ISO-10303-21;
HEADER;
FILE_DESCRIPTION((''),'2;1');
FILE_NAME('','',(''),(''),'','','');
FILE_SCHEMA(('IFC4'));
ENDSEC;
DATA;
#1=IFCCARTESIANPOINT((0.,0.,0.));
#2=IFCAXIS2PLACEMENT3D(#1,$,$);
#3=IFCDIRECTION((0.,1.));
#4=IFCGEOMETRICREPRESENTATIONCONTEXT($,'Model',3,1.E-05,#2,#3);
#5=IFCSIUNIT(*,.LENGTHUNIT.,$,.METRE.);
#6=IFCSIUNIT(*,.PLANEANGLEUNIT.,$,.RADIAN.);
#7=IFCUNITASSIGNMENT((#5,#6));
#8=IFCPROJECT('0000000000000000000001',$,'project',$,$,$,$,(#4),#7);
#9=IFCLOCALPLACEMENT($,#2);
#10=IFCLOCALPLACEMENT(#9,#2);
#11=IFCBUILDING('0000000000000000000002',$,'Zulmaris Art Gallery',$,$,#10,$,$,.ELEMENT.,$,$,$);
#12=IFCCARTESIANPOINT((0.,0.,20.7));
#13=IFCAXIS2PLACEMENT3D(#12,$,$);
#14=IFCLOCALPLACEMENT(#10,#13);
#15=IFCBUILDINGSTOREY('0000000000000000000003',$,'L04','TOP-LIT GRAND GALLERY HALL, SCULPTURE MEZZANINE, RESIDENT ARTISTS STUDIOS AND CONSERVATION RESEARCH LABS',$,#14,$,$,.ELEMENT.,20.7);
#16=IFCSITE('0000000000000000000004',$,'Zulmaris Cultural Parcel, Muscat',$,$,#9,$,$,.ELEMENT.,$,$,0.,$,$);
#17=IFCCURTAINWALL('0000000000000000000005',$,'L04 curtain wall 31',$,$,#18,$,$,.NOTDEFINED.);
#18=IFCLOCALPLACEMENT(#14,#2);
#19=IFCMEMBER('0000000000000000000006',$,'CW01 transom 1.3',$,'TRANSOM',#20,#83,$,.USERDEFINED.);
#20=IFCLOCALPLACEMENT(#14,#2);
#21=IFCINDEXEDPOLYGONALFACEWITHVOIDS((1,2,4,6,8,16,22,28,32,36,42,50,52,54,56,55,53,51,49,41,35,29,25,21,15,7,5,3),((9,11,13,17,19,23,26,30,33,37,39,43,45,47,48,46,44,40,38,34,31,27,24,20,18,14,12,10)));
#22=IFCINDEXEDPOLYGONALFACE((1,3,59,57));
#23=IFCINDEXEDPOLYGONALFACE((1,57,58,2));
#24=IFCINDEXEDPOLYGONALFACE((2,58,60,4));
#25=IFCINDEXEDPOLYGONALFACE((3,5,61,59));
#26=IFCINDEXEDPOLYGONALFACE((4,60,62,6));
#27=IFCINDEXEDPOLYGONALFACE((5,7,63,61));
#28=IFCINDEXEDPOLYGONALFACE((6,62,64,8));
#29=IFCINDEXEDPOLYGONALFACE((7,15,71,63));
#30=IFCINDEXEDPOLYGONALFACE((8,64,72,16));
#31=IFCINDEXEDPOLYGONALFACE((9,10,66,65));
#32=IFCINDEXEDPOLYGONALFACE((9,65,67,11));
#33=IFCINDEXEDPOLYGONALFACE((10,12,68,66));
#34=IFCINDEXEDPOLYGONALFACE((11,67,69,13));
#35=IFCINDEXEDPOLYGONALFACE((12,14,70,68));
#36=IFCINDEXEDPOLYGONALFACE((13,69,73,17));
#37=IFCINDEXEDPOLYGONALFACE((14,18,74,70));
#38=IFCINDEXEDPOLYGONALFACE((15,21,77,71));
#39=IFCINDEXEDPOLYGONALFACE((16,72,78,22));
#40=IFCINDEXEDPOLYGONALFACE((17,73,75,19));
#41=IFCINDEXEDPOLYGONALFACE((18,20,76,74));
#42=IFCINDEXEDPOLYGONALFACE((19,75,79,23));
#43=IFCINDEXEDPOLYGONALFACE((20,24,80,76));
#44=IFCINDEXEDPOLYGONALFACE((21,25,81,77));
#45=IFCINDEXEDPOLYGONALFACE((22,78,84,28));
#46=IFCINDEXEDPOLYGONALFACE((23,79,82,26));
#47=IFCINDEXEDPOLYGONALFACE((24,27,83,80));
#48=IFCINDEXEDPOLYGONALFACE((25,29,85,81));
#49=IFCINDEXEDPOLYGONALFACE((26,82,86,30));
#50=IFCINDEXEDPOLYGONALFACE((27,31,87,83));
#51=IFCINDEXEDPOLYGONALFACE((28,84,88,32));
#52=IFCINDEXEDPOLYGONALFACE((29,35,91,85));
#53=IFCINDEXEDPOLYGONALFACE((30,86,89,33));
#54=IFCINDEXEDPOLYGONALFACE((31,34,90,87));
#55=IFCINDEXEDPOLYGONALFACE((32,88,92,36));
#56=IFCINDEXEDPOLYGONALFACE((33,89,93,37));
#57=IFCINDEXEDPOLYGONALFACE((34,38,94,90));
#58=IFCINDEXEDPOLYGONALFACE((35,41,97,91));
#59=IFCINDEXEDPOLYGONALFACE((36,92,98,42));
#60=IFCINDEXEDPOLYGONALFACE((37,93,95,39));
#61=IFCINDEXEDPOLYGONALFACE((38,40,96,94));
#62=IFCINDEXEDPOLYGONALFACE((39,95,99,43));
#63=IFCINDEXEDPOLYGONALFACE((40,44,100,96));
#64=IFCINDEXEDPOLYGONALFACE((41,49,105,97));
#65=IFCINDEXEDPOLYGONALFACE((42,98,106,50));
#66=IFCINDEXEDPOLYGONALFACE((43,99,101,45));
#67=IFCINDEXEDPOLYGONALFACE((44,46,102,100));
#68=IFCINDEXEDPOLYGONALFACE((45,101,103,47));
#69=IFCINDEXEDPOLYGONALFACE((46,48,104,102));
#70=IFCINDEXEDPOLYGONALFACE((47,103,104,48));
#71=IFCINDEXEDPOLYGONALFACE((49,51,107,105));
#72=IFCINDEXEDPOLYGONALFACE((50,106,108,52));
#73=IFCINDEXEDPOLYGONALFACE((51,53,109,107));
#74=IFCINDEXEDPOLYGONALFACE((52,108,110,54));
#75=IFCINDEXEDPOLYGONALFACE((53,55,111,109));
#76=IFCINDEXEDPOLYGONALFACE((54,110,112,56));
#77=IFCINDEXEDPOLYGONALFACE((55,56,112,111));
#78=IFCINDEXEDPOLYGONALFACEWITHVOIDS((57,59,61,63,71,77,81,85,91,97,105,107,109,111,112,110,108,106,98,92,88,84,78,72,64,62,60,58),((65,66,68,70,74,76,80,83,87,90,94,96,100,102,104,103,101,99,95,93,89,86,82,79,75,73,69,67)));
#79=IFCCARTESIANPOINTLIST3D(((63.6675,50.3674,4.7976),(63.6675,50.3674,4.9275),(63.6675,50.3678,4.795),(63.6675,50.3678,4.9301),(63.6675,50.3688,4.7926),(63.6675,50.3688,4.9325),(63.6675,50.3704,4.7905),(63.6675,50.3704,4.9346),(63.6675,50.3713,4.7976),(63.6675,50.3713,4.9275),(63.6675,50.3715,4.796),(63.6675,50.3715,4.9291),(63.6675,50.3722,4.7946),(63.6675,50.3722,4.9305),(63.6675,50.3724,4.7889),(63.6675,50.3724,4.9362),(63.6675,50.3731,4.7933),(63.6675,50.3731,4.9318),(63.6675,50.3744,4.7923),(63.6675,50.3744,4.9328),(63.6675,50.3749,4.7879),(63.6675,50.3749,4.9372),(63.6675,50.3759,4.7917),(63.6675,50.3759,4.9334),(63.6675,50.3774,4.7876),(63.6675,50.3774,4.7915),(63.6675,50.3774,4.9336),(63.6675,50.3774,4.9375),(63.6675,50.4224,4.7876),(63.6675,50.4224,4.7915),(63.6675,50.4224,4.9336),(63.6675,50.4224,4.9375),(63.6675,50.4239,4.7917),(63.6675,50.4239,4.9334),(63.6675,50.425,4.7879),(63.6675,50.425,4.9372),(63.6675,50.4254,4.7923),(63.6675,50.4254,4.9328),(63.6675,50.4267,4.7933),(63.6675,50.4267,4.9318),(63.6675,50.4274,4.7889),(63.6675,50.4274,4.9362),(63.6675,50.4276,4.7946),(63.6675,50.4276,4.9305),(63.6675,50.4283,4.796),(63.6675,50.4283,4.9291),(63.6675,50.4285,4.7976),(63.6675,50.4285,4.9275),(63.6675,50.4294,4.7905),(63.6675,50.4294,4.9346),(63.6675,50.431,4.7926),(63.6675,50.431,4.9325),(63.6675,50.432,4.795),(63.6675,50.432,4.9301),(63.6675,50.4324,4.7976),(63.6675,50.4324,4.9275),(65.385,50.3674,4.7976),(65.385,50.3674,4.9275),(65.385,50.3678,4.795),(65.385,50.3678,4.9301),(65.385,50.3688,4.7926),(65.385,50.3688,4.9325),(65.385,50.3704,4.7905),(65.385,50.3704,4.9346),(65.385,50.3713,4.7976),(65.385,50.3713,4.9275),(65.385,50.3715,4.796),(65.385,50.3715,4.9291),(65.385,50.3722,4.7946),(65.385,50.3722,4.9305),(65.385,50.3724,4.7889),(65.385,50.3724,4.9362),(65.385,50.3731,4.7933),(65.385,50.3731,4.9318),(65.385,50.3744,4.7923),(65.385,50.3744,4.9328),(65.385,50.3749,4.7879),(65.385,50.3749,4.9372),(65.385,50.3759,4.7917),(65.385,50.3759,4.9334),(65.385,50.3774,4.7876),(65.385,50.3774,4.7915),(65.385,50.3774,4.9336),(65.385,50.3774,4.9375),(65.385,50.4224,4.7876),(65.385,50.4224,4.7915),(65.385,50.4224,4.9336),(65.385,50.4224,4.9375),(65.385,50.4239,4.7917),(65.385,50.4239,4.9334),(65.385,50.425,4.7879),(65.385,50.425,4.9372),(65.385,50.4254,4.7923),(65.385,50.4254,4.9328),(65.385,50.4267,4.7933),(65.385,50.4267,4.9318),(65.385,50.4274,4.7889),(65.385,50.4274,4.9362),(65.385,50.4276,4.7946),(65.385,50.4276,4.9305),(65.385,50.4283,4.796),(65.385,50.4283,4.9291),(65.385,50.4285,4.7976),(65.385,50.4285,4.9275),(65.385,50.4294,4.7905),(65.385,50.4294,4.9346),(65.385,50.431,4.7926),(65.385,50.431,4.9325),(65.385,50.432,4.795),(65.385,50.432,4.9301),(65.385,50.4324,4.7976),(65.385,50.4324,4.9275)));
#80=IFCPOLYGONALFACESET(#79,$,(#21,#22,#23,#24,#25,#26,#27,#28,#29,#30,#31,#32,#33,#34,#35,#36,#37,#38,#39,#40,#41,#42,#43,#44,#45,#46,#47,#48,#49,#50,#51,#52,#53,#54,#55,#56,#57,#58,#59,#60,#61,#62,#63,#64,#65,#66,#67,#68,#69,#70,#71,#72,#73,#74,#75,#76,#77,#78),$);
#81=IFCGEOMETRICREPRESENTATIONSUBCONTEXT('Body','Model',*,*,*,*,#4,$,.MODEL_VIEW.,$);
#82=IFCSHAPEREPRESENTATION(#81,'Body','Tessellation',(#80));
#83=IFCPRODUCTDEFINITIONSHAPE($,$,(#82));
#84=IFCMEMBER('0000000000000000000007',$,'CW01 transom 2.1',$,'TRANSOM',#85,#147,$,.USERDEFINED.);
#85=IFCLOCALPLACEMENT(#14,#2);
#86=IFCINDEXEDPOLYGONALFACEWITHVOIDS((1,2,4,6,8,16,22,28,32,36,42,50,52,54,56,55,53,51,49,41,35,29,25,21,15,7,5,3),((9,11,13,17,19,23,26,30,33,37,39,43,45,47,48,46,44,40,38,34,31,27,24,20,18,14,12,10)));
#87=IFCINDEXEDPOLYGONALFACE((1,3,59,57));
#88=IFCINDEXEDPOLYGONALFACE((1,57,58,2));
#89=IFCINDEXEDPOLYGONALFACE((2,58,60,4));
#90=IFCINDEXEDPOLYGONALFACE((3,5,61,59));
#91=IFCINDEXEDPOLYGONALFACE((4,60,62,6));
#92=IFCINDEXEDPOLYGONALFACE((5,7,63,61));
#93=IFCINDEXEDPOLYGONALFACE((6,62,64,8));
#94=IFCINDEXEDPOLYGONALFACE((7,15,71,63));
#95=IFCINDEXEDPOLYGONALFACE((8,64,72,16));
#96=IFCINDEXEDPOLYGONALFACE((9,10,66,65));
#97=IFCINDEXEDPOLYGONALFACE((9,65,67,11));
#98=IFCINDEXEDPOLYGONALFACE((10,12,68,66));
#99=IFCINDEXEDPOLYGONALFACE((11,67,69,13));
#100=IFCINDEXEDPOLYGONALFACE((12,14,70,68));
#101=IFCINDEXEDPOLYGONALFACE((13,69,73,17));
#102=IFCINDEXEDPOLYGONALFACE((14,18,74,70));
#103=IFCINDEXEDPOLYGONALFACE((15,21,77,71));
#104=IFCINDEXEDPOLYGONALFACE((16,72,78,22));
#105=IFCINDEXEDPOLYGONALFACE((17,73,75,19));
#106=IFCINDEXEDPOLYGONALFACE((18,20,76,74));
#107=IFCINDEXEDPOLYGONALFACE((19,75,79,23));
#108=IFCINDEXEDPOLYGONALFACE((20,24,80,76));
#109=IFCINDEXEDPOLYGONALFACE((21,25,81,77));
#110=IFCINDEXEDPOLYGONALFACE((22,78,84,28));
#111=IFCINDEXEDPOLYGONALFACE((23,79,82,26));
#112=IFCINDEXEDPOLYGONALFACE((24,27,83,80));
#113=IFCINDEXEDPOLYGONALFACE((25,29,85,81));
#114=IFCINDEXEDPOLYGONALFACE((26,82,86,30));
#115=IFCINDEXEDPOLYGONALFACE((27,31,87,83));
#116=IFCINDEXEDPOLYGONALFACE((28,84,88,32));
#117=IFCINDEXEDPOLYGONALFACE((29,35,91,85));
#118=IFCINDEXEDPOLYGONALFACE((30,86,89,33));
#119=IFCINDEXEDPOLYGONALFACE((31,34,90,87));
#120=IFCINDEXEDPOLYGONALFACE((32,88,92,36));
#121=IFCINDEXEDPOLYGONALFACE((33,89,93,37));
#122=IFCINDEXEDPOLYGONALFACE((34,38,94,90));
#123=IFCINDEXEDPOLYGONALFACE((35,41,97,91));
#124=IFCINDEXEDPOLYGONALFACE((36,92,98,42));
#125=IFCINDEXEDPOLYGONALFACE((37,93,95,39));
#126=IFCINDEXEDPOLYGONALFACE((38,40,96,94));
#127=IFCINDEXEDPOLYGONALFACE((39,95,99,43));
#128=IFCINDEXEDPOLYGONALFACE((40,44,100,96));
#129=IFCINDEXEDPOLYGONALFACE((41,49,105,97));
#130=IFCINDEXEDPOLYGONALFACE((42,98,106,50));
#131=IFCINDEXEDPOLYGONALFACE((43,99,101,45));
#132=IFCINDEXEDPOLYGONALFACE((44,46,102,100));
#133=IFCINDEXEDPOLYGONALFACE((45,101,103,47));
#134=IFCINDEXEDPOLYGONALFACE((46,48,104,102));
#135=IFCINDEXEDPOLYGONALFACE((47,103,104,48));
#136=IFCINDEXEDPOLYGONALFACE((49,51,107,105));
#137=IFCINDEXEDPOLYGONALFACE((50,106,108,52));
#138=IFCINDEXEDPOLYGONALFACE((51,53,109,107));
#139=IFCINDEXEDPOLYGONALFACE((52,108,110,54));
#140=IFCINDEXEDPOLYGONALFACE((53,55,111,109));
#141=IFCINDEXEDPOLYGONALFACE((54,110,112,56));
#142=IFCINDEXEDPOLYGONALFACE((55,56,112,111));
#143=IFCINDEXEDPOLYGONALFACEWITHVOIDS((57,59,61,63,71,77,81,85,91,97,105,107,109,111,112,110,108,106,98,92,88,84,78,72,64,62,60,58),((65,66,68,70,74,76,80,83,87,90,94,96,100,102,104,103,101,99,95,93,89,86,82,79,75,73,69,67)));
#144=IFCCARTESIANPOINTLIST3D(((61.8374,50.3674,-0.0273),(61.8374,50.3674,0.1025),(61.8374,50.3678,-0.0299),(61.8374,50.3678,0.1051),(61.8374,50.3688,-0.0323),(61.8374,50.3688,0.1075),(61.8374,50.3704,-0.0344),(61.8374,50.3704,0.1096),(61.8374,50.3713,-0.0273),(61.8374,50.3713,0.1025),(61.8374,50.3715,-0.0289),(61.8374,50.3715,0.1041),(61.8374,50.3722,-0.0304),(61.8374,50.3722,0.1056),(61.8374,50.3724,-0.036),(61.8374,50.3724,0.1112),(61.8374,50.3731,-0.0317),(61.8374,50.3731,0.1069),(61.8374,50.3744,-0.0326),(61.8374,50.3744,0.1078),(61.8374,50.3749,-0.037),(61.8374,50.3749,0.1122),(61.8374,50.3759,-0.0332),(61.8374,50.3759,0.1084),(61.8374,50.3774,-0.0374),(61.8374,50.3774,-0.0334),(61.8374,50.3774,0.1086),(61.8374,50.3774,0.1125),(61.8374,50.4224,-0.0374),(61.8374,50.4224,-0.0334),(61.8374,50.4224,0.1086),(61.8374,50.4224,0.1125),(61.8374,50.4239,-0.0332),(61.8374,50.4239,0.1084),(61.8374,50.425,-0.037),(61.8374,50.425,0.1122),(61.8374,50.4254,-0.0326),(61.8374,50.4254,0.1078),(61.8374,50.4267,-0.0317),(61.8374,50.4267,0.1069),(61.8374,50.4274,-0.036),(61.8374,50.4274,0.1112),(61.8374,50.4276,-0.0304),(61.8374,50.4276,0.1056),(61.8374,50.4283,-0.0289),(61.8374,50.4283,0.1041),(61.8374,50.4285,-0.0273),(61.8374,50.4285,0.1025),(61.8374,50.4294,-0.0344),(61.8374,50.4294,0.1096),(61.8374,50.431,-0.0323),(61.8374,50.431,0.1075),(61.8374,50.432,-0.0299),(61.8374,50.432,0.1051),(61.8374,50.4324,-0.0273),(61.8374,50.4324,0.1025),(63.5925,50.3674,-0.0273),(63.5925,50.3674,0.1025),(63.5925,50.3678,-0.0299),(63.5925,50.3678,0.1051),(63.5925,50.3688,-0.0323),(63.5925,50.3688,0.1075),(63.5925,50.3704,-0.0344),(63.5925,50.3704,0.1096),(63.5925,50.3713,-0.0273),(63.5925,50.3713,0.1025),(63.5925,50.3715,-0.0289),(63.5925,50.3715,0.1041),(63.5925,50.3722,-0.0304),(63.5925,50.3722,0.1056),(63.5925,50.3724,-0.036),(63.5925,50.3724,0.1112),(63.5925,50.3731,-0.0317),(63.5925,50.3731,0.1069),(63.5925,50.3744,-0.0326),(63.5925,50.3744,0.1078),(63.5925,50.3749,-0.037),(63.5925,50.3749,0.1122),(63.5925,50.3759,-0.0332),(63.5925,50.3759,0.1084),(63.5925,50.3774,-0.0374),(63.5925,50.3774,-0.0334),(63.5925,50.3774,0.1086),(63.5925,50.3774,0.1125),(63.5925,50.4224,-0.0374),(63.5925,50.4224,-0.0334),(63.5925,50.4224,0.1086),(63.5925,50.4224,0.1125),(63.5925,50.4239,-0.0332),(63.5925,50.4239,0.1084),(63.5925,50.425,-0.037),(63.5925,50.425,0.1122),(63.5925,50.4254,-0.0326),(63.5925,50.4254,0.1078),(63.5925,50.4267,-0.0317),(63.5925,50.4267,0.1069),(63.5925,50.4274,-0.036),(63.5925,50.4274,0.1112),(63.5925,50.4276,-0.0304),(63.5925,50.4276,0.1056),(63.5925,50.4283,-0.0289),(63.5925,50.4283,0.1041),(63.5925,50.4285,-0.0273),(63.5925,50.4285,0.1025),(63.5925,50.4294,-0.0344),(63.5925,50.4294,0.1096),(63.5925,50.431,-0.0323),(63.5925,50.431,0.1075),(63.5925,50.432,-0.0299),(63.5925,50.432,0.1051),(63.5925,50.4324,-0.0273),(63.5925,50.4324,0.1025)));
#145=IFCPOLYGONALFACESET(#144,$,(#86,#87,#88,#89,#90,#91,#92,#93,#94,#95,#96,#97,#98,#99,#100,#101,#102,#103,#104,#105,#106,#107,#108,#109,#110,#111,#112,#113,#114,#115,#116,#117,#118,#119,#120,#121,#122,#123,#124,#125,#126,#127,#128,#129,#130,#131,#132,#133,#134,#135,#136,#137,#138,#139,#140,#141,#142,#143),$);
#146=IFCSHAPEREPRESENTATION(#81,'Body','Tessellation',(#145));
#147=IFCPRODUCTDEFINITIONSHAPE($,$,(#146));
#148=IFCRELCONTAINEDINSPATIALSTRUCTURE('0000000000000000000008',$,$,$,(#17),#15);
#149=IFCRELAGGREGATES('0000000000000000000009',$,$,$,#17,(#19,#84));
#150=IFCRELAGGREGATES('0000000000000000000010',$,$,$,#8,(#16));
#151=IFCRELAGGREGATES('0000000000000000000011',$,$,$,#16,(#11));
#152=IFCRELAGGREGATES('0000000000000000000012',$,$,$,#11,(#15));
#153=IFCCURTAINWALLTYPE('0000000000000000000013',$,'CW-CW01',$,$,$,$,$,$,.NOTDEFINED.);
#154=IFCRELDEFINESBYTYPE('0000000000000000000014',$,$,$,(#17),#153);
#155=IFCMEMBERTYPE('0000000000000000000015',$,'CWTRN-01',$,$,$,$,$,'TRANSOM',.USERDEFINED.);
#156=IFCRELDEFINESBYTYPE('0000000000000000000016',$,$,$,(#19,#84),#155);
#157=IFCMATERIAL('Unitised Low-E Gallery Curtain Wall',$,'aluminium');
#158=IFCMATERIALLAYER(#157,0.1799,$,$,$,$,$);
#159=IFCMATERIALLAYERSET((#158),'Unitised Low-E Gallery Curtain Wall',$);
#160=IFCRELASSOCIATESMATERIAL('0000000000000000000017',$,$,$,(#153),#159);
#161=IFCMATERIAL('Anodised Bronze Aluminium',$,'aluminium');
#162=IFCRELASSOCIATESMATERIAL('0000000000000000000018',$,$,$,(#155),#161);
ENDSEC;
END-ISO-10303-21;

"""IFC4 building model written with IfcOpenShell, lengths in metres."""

from ifc_helpers import new_model, si_unit, direction, frame, origin, origin_2d, place, context, subcontext, project, spatial, hollow_rectangle, extrude, material, layer, layer_set, material_profile, profile_set, type_object, element, aggregate, save


model = new_model("IFC4")

# Units and contexts
model_context = context("Model", 3, precision=1e-05, world=origin(), true_north=direction((0.0, 1.0)))
body_context = subcontext(model_context, "Body", "Model", "MODEL_VIEW")
ifc_project = project(units=[si_unit("LENGTHUNIT", "METRE"), si_unit("PLANEANGLEUNIT", "RADIAN")], contexts=[model_context])

# Site, building, storey
site_placement = place(None, origin())
site = spatial("IfcSite", under=ifc_project, at=site_placement, Name="Zulmaris Cultural Parcel, Muscat", CompositionType="ELEMENT", RefElevation=0.0)
building_placement = place(site_placement, origin())
building = spatial("IfcBuilding", under=site, at=building_placement, Name="Zulmaris Art Gallery", CompositionType="ELEMENT")
storey_placement = place(building_placement, frame((0.0, 0.0, 20.7)))
storey = spatial("IfcBuildingStorey", under=building, at=storey_placement, Name="L04", Description="TOP-LIT GRAND GALLERY HALL, SCULPTURE MEZZANINE, RESIDENT ARTISTS STUDIOS AND CONSERVATION RESEARCH LABS", CompositionType="ELEMENT", Elevation=20.7)

# Curtain wall, members
ifc_material_1 = material(Name="Unitised Low-E Gallery Curtain Wall", Category="aluminium")
ifc_layer_1 = layer(ifc_material_1, 0.1799)
ifc_layer_set_1 = layer_set([ifc_layer_1], Name="Unitised Low-E Gallery Curtain Wall")
curtain_wall_type = type_object("IfcCurtainWallType", Name="CW-CW01", PredefinedType="NOTDEFINED", material=ifc_layer_set_1)
curtain_wall_placement = place(storey_placement, origin())
curtain_wall = element("IfcCurtainWall", 1, at=curtain_wall_placement, inside=storey, type_object=curtain_wall_type, Name="L04 curtain wall 31", PredefinedType="NOTDEFINED")
ifc_material_2 = material(Name="Anodised Bronze Aluminium", Category="aluminium")
ifc_material_profile_1 = material_profile(ifc_material_2, hollow_rectangle(XDim=0.0649, YDim=0.1499, WallThickness=0.0039, InnerFilletRadius=0.0061, OuterFilletRadius=0.01, at=origin_2d()), Name="ALU 65x150x4")
ifc_profile_set_1 = profile_set([ifc_material_profile_1], Name="Anodised Bronze Aluminium")
member_type_1 = type_object("IfcMemberType", Name="CWTRN-01", ElementType="TRANSOM", PredefinedType="USERDEFINED", material=ifc_profile_set_1)
member_1_placement = place(storey_placement, frame((65.385, 50.3999, 4.8625), z_axis=(-1.0, 0.0, 0.0), x_axis=(0.0, -1.0, 0.0)))
member_1 = element("IfcMember", 2, at=member_1_placement, type_object=member_type_1, Name="CW01 transom 1.3", ObjectType="TRANSOM", PredefinedType="USERDEFINED", context=body_context, shape_type="SweptSolid", body=[
    extrude(hollow_rectangle(XDim=0.0649, YDim=0.1499, WallThickness=0.0039, InnerFilletRadius=0.0061, OuterFilletRadius=0.01, at=origin_2d()), origin(), (0.0, 0.0, 1.0), 1.7175),
])
member_2_placement = place(storey_placement, frame((63.5925, 50.3999, 0.0376), z_axis=(-1.0, 0.0, 0.0), x_axis=(0.0, -1.0, 0.0)))
member_2 = element("IfcMember", 3, at=member_2_placement, type_object=member_type_1, Name="CW01 transom 2.1", ObjectType="TRANSOM", PredefinedType="USERDEFINED", context=body_context, shape_type="SweptSolid", body=[
    extrude(hollow_rectangle(XDim=0.0649, YDim=0.1499, WallThickness=0.0039, InnerFilletRadius=0.0061, OuterFilletRadius=0.01, at=origin_2d()), origin(), (0.0, 0.0, 1.0), 1.7551),
])
aggregate(curtain_wall, [member_1, member_2])

save(model, "model.ifc")
